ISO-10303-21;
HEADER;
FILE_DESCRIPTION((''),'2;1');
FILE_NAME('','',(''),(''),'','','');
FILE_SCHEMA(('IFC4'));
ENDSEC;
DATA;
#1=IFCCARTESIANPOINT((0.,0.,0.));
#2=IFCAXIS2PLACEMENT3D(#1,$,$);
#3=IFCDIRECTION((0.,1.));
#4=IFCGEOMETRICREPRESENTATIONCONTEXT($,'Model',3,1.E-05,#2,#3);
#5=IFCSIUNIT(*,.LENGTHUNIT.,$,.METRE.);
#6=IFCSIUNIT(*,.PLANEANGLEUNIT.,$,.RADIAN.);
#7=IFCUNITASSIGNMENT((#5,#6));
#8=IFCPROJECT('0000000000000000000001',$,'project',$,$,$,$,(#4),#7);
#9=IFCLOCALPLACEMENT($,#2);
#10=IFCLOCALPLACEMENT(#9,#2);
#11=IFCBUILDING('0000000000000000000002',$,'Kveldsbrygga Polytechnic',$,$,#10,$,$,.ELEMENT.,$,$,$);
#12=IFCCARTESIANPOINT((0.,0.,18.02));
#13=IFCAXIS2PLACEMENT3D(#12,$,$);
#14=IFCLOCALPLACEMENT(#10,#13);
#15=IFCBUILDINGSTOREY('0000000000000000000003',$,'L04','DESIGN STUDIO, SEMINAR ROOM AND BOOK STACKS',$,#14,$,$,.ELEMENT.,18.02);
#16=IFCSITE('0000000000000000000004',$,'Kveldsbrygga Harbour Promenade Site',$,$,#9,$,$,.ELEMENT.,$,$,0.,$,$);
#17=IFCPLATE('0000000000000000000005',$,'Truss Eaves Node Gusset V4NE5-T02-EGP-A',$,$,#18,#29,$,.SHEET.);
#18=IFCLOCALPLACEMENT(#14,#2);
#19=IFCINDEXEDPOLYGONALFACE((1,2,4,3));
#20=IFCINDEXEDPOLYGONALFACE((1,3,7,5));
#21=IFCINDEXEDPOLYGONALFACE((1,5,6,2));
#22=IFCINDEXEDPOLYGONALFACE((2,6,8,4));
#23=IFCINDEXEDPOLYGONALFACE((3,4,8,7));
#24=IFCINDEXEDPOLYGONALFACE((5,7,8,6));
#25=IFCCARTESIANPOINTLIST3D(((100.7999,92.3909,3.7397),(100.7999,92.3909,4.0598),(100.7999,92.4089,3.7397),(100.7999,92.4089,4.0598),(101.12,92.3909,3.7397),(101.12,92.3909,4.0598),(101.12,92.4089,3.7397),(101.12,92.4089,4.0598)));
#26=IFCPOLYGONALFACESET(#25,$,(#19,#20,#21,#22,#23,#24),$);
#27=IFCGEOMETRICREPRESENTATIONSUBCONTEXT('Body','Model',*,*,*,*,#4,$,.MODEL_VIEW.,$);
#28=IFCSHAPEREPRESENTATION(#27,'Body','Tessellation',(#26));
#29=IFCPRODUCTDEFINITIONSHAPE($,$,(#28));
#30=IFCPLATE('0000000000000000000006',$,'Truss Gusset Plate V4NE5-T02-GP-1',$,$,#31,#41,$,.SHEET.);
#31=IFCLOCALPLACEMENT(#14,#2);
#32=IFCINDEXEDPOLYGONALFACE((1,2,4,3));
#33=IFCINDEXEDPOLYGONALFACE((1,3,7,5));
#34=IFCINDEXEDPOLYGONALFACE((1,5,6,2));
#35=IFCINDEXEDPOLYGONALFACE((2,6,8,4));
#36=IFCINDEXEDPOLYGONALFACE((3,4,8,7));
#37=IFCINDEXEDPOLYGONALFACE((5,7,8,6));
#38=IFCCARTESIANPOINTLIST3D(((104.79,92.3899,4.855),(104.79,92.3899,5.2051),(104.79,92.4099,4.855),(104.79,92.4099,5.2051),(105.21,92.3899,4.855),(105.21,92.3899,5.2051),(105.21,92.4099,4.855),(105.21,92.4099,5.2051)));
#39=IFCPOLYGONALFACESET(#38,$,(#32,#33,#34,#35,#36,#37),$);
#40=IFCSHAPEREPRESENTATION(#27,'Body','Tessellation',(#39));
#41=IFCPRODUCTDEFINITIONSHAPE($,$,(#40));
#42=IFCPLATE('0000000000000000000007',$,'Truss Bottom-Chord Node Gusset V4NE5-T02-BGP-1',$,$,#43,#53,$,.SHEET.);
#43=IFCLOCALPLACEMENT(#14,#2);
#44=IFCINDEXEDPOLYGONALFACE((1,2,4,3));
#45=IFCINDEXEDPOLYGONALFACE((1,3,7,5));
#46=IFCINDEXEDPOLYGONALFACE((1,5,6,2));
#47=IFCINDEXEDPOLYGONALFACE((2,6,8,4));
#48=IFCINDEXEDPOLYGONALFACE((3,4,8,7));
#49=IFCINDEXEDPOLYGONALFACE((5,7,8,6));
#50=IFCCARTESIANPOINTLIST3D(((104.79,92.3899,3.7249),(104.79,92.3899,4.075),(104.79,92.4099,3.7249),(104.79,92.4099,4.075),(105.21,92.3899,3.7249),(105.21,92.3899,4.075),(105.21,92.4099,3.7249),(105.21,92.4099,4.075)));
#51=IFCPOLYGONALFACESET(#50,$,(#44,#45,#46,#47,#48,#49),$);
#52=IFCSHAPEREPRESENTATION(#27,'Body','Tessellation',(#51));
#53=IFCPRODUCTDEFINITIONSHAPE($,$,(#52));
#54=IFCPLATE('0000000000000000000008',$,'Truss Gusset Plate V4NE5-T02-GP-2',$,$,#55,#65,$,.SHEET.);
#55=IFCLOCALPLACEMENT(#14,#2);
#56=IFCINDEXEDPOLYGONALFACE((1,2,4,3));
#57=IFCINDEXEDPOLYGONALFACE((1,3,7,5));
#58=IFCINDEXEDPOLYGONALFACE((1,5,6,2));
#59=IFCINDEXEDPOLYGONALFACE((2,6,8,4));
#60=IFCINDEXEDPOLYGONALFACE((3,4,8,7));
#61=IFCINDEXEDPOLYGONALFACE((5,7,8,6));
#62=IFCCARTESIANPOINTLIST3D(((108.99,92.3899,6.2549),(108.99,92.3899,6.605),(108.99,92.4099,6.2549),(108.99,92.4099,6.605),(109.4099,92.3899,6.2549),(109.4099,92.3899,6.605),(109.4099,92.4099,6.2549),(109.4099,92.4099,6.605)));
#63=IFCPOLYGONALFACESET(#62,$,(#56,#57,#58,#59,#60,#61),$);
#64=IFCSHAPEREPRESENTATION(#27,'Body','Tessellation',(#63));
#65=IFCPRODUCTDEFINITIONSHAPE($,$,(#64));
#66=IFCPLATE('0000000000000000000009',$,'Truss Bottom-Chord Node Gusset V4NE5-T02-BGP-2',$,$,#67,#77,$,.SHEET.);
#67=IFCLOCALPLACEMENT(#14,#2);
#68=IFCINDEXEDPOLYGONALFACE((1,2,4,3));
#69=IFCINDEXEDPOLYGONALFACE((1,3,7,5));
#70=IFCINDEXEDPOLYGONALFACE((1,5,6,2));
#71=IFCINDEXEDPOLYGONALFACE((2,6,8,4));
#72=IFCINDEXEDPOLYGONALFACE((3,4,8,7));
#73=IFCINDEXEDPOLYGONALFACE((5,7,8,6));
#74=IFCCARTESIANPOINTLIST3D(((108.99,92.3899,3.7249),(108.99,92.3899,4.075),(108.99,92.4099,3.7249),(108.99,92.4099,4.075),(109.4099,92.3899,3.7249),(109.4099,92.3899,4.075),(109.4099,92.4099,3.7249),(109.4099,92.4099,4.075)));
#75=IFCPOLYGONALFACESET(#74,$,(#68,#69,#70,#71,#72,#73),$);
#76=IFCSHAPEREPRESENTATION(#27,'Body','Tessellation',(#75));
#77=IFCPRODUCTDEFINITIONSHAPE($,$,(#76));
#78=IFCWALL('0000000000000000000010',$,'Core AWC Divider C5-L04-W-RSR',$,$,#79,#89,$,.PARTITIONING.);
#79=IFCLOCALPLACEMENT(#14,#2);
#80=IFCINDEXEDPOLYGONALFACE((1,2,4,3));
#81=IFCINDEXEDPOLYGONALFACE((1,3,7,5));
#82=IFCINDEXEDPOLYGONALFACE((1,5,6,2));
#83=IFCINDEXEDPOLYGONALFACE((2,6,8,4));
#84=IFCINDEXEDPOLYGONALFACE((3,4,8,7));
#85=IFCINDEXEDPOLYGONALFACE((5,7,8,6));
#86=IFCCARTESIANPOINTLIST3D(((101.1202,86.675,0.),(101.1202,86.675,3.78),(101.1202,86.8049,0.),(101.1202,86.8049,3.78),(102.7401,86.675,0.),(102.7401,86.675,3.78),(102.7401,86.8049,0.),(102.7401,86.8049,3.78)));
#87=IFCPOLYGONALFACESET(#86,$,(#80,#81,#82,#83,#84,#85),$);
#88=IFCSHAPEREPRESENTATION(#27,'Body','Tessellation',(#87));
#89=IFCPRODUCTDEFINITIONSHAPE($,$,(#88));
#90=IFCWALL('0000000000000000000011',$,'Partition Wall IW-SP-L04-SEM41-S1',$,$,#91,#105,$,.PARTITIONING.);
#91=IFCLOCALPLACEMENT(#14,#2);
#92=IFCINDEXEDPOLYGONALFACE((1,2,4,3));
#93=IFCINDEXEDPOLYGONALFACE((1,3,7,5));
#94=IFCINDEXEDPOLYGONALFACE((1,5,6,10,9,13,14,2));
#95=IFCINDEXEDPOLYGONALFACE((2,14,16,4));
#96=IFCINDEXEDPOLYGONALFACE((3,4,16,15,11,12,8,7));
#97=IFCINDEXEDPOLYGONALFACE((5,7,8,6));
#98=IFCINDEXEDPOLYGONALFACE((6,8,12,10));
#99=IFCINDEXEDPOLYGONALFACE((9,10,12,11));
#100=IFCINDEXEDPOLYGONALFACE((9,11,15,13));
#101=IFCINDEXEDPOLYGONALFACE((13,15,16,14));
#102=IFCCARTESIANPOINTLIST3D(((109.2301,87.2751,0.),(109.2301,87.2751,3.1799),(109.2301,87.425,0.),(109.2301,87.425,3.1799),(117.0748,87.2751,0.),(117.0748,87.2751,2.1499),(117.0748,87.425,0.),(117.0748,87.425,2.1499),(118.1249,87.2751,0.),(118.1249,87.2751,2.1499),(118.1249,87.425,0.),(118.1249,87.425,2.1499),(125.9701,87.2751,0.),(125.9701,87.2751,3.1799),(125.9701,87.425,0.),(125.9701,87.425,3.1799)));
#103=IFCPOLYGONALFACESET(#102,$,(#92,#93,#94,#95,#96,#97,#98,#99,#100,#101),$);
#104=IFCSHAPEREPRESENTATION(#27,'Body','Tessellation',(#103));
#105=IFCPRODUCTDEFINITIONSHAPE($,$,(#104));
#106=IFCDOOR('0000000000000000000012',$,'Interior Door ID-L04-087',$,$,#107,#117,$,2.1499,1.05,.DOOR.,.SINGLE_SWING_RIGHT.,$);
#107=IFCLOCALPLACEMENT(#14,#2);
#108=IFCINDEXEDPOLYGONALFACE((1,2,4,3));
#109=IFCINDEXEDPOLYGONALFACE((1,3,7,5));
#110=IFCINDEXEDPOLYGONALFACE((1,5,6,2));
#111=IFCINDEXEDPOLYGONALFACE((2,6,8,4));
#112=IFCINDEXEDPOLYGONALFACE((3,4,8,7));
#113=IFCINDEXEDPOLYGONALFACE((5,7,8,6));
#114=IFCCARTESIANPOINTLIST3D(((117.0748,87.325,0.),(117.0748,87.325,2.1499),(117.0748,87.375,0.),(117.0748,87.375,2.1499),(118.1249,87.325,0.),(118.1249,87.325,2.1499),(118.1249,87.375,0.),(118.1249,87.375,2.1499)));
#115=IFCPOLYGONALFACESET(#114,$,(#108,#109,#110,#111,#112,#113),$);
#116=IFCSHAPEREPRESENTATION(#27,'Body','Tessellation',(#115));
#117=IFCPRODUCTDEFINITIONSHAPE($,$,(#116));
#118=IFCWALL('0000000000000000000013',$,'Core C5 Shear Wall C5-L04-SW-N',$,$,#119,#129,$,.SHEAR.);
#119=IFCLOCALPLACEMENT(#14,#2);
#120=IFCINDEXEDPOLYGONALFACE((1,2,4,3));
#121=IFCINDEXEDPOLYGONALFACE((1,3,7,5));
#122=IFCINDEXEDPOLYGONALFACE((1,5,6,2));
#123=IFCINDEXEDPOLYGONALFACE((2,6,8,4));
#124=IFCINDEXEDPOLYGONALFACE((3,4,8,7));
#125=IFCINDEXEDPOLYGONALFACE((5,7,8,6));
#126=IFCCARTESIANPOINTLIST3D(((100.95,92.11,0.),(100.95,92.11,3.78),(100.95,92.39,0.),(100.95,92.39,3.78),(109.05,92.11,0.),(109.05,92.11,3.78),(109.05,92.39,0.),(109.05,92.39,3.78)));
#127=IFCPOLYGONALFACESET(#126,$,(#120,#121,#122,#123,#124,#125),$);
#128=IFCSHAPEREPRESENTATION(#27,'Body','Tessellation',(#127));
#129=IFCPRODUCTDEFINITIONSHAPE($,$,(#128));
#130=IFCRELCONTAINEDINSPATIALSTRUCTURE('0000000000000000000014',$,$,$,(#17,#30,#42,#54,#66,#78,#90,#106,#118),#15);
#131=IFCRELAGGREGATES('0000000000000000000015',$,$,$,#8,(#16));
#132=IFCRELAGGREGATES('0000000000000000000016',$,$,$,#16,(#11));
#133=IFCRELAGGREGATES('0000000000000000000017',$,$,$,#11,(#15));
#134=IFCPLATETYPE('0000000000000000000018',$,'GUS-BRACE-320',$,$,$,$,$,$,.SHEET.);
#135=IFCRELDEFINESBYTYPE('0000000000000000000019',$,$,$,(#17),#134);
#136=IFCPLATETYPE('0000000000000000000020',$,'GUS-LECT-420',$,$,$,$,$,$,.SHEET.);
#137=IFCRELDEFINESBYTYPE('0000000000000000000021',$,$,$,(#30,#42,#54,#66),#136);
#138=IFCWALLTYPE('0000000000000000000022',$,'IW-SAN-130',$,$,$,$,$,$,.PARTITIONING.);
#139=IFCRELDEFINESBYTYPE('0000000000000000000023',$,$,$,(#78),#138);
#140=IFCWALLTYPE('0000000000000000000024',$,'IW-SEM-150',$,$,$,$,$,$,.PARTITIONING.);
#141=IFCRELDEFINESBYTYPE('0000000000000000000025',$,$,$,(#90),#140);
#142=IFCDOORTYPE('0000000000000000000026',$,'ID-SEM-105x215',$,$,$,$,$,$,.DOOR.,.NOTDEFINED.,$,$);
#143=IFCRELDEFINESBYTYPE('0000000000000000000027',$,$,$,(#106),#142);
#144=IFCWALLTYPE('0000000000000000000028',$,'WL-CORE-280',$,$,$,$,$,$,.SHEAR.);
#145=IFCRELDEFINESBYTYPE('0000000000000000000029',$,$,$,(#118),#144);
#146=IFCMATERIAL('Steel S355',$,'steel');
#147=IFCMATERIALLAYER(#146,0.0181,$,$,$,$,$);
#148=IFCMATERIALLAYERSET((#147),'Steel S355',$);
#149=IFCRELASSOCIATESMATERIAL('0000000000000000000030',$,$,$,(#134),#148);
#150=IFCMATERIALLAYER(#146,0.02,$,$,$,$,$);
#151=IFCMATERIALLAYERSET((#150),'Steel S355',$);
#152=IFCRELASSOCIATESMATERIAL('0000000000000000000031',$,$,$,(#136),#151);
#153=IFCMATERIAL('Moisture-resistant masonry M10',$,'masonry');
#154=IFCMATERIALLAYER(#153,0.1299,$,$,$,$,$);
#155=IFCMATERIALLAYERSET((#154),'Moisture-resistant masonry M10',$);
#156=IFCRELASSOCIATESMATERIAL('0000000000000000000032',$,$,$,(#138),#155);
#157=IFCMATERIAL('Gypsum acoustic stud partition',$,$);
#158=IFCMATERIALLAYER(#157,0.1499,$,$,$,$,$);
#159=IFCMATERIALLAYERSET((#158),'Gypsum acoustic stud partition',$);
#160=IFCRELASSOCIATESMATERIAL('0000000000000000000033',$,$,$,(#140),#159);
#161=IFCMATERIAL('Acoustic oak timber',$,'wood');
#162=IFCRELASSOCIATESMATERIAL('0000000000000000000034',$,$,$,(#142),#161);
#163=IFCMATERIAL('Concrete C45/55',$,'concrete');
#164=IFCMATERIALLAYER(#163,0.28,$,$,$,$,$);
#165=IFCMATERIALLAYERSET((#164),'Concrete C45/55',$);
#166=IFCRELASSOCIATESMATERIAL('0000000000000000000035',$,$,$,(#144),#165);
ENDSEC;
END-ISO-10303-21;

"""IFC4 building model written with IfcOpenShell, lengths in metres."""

from ifc_helpers import new_model, si_unit, direction, frame, frame_2d, origin, origin_2d, place, context, subcontext, project, spatial, rectangle, extrude, material, layer, layer_set, type_object, element, fill, save


model = new_model("IFC4")

# Units and contexts
model_context = context("Model", 3, precision=1e-05, world=origin(), true_north=direction((0.0, 1.0)))
body_context = subcontext(model_context, "Body", "Model", "MODEL_VIEW")
ifc_project = project(units=[si_unit("LENGTHUNIT", "METRE"), si_unit("PLANEANGLEUNIT", "RADIAN")], contexts=[model_context])

# Site, building, storey
site_placement = place(None, origin())
site = spatial("IfcSite", under=ifc_project, at=site_placement, Name="Kveldsbrygga Harbour Promenade Site", CompositionType="ELEMENT", RefElevation=0.0)
building_placement = place(site_placement, origin())
building = spatial("IfcBuilding", under=site, at=building_placement, Name="Kveldsbrygga Polytechnic", CompositionType="ELEMENT")
storey_placement = place(building_placement, frame((0.0, 0.0, 18.02)))
storey = spatial("IfcBuildingStorey", under=building, at=storey_placement, Name="L04", Description="DESIGN STUDIO, SEMINAR ROOM AND BOOK STACKS", CompositionType="ELEMENT", Elevation=18.02)

# Shared definitions
ifc_material_1 = material(Name="Concrete C45/55", Category="concrete")

# Shared definitions
ifc_material_2 = material(Name="Steel S355", Category="steel")

# Plates
ifc_layer_1 = layer(ifc_material_2, 0.0181)
ifc_layer_set_1 = layer_set([ifc_layer_1], Name="Steel S355")
plate_type_1 = type_object("IfcPlateType", Name="GUS-BRACE-320", PredefinedType="SHEET", material=ifc_layer_set_1)
plate_placement = place(storey_placement, frame((100.96, 92.3999, 3.7397), z_axis=(0.0, 0.0, 1.0), x_axis=(1.0, 0.0, 0.0)))
element("IfcPlate", 1, at=plate_placement, inside=storey, type_object=plate_type_1, Name="Truss Eaves Node Gusset V4NE5-T02-EGP-A", PredefinedType="SHEET", context=body_context, shape_type="SweptSolid", body=[
    extrude(rectangle(XDim=0.3201, YDim=0.0181, at=origin_2d()), origin(), (0.0, 0.0, 1.0), 0.3201),
])
ifc_layer_2 = layer(ifc_material_2, 0.02)
ifc_layer_set_2 = layer_set([ifc_layer_2], Name="Steel S355")
plate_type_2 = type_object("IfcPlateType", Name="GUS-LECT-420", PredefinedType="SHEET", material=ifc_layer_set_2)
for number, where, z_axis, x_axis, name in (
    (2, (105.0, 92.3999, 4.855), (0.0, 0.0, 1.0), (1.0, 0.0, 0.0), "Truss Gusset Plate V4NE5-T02-GP-1"),
    (3, (105.0, 92.3999, 3.7249), (0.0, 0.0, 1.0), (1.0, 0.0, 0.0), "Truss Bottom-Chord Node Gusset V4NE5-T02-BGP-1"),
    (4, (109.2, 92.3999, 6.2549), (0.0, 0.0, 1.0), (1.0, 0.0, 0.0), "Truss Gusset Plate V4NE5-T02-GP-2"),
    (5, (109.2, 92.3999, 3.7249), (0.0, 0.0, 1.0), (1.0, 0.0, 0.0), "Truss Bottom-Chord Node Gusset V4NE5-T02-BGP-2"),
):
    element("IfcPlate", number, at=place(storey_placement, frame(where, z_axis=z_axis, x_axis=x_axis)), inside=storey, type_object=plate_type_2, Name=name, PredefinedType="SHEET", context=body_context, shape_type="SweptSolid", body=[
        extrude(rectangle(XDim=0.4199, YDim=0.02, at=origin_2d()), origin(), (0.0, 0.0, 1.0), 0.3501),
    ])

# Wall
ifc_material_3 = material(Name="Moisture-resistant masonry M10", Category="masonry")
ifc_layer_3 = layer(ifc_material_3, 0.1299)
ifc_layer_set_3 = layer_set([ifc_layer_3], Name="Moisture-resistant masonry M10")
wall_type_1 = type_object("IfcWallType", Name="IW-SAN-130", PredefinedType="PARTITIONING", material=ifc_layer_set_3)
wall_1_placement = place(storey_placement, frame((101.1201, 86.74, 0.0), z_axis=(0.0, 0.0, 1.0), x_axis=(1.0, 0.0, 0.0)))
element("IfcWall", 6, at=wall_1_placement, inside=storey, type_object=wall_type_1, Name="Core AWC Divider C5-L04-W-RSR", PredefinedType="PARTITIONING", context=body_context, shape_type="SweptSolid", body=[
    extrude(rectangle(XDim=1.6199, YDim=0.1299, at=frame_2d((0.8101, 0.0))), origin(), (0.0, 0.0, 1.0), 3.78),
])

# Wall, opening, door
ifc_material_4 = material(Name="Gypsum acoustic stud partition")
ifc_layer_4 = layer(ifc_material_4, 0.1499)
ifc_layer_set_4 = layer_set([ifc_layer_4], Name="Gypsum acoustic stud partition")
wall_type_2 = type_object("IfcWallType", Name="IW-SEM-150", PredefinedType="PARTITIONING", material=ifc_layer_set_4)
wall_2_placement = place(storey_placement, frame((109.23, 87.3501, 0.0), z_axis=(0.0, 0.0, 1.0), x_axis=(1.0, 0.0, 0.0)))
wall_2 = element("IfcWall", 7, at=wall_2_placement, inside=storey, type_object=wall_type_2, Name="Partition Wall IW-SP-L04-SEM41-S1", PredefinedType="PARTITIONING", context=body_context, shape_type="SweptSolid", body=[
    extrude(rectangle(XDim=16.74, YDim=0.1499, at=frame_2d((8.3701, 0.0))), origin(), (0.0, 0.0, 1.0), 3.1799),
])
opening_1_placement = place(wall_2_placement, frame((7.845, 0.0, 0.0)))
opening_1 = element("IfcOpeningElement", 8, at=opening_1_placement, cuts=wall_2, PredefinedType="OPENING", context=body_context, shape_type="SweptSolid", body=[
    extrude(rectangle(XDim=1.05, YDim=2.1499, at=frame_2d((0.5249, 1.075))), frame((0.0, 0.085, 0.0), z_axis=(0.0, -1.0, 0.0), x_axis=(1.0, 0.0, 0.0)), (0.0, 0.0, 1.0), 0.1699),
])
ifc_material_5 = material(Name="Acoustic oak timber", Category="wood")
door_type_1 = type_object("IfcDoorType", Name="ID-SEM-105x215", OperationType="NOTDEFINED", PredefinedType="DOOR", material=ifc_material_5)
door_1_placement = place(opening_1_placement, origin())
door_1 = element("IfcDoor", 9, at=door_1_placement, inside=storey, type_object=door_type_1, Name="Interior Door ID-L04-087", OperationType="SINGLE_SWING_RIGHT", OverallHeight=2.1499, OverallWidth=1.05, PredefinedType="DOOR", context=body_context, shape_type="SweptSolid", body=[
    extrude(rectangle(XDim=1.05, YDim=2.1499, at=frame_2d((0.5249, 1.075))), frame((0.0, 0.0249, 0.0), z_axis=(0.0, -1.0, 0.0), x_axis=(1.0, 0.0, 0.0)), (0.0, 0.0, 1.0), 0.05),
])
fill(opening_1, door_1)

# Wall
ifc_layer_5 = layer(ifc_material_1, 0.28)
ifc_layer_set_5 = layer_set([ifc_layer_5], Name="Concrete C45/55")
wall_type_3 = type_object("IfcWallType", Name="WL-CORE-280", PredefinedType="SHEAR", material=ifc_layer_set_5)
wall_3_placement = place(storey_placement, frame((100.95, 92.25, 0.0), z_axis=(0.0, 0.0, 1.0), x_axis=(1.0, 0.0, 0.0)))
element("IfcWall", 10, at=wall_3_placement, inside=storey, type_object=wall_type_3, Name="Core C5 Shear Wall C5-L04-SW-N", PredefinedType="SHEAR", context=body_context, shape_type="SweptSolid", body=[
    extrude(rectangle(XDim=8.1001, YDim=0.28, at=frame_2d((4.05, 0.0))), origin(), (0.0, 0.0, 1.0), 3.78),
])

save(model, "model.ifc")
